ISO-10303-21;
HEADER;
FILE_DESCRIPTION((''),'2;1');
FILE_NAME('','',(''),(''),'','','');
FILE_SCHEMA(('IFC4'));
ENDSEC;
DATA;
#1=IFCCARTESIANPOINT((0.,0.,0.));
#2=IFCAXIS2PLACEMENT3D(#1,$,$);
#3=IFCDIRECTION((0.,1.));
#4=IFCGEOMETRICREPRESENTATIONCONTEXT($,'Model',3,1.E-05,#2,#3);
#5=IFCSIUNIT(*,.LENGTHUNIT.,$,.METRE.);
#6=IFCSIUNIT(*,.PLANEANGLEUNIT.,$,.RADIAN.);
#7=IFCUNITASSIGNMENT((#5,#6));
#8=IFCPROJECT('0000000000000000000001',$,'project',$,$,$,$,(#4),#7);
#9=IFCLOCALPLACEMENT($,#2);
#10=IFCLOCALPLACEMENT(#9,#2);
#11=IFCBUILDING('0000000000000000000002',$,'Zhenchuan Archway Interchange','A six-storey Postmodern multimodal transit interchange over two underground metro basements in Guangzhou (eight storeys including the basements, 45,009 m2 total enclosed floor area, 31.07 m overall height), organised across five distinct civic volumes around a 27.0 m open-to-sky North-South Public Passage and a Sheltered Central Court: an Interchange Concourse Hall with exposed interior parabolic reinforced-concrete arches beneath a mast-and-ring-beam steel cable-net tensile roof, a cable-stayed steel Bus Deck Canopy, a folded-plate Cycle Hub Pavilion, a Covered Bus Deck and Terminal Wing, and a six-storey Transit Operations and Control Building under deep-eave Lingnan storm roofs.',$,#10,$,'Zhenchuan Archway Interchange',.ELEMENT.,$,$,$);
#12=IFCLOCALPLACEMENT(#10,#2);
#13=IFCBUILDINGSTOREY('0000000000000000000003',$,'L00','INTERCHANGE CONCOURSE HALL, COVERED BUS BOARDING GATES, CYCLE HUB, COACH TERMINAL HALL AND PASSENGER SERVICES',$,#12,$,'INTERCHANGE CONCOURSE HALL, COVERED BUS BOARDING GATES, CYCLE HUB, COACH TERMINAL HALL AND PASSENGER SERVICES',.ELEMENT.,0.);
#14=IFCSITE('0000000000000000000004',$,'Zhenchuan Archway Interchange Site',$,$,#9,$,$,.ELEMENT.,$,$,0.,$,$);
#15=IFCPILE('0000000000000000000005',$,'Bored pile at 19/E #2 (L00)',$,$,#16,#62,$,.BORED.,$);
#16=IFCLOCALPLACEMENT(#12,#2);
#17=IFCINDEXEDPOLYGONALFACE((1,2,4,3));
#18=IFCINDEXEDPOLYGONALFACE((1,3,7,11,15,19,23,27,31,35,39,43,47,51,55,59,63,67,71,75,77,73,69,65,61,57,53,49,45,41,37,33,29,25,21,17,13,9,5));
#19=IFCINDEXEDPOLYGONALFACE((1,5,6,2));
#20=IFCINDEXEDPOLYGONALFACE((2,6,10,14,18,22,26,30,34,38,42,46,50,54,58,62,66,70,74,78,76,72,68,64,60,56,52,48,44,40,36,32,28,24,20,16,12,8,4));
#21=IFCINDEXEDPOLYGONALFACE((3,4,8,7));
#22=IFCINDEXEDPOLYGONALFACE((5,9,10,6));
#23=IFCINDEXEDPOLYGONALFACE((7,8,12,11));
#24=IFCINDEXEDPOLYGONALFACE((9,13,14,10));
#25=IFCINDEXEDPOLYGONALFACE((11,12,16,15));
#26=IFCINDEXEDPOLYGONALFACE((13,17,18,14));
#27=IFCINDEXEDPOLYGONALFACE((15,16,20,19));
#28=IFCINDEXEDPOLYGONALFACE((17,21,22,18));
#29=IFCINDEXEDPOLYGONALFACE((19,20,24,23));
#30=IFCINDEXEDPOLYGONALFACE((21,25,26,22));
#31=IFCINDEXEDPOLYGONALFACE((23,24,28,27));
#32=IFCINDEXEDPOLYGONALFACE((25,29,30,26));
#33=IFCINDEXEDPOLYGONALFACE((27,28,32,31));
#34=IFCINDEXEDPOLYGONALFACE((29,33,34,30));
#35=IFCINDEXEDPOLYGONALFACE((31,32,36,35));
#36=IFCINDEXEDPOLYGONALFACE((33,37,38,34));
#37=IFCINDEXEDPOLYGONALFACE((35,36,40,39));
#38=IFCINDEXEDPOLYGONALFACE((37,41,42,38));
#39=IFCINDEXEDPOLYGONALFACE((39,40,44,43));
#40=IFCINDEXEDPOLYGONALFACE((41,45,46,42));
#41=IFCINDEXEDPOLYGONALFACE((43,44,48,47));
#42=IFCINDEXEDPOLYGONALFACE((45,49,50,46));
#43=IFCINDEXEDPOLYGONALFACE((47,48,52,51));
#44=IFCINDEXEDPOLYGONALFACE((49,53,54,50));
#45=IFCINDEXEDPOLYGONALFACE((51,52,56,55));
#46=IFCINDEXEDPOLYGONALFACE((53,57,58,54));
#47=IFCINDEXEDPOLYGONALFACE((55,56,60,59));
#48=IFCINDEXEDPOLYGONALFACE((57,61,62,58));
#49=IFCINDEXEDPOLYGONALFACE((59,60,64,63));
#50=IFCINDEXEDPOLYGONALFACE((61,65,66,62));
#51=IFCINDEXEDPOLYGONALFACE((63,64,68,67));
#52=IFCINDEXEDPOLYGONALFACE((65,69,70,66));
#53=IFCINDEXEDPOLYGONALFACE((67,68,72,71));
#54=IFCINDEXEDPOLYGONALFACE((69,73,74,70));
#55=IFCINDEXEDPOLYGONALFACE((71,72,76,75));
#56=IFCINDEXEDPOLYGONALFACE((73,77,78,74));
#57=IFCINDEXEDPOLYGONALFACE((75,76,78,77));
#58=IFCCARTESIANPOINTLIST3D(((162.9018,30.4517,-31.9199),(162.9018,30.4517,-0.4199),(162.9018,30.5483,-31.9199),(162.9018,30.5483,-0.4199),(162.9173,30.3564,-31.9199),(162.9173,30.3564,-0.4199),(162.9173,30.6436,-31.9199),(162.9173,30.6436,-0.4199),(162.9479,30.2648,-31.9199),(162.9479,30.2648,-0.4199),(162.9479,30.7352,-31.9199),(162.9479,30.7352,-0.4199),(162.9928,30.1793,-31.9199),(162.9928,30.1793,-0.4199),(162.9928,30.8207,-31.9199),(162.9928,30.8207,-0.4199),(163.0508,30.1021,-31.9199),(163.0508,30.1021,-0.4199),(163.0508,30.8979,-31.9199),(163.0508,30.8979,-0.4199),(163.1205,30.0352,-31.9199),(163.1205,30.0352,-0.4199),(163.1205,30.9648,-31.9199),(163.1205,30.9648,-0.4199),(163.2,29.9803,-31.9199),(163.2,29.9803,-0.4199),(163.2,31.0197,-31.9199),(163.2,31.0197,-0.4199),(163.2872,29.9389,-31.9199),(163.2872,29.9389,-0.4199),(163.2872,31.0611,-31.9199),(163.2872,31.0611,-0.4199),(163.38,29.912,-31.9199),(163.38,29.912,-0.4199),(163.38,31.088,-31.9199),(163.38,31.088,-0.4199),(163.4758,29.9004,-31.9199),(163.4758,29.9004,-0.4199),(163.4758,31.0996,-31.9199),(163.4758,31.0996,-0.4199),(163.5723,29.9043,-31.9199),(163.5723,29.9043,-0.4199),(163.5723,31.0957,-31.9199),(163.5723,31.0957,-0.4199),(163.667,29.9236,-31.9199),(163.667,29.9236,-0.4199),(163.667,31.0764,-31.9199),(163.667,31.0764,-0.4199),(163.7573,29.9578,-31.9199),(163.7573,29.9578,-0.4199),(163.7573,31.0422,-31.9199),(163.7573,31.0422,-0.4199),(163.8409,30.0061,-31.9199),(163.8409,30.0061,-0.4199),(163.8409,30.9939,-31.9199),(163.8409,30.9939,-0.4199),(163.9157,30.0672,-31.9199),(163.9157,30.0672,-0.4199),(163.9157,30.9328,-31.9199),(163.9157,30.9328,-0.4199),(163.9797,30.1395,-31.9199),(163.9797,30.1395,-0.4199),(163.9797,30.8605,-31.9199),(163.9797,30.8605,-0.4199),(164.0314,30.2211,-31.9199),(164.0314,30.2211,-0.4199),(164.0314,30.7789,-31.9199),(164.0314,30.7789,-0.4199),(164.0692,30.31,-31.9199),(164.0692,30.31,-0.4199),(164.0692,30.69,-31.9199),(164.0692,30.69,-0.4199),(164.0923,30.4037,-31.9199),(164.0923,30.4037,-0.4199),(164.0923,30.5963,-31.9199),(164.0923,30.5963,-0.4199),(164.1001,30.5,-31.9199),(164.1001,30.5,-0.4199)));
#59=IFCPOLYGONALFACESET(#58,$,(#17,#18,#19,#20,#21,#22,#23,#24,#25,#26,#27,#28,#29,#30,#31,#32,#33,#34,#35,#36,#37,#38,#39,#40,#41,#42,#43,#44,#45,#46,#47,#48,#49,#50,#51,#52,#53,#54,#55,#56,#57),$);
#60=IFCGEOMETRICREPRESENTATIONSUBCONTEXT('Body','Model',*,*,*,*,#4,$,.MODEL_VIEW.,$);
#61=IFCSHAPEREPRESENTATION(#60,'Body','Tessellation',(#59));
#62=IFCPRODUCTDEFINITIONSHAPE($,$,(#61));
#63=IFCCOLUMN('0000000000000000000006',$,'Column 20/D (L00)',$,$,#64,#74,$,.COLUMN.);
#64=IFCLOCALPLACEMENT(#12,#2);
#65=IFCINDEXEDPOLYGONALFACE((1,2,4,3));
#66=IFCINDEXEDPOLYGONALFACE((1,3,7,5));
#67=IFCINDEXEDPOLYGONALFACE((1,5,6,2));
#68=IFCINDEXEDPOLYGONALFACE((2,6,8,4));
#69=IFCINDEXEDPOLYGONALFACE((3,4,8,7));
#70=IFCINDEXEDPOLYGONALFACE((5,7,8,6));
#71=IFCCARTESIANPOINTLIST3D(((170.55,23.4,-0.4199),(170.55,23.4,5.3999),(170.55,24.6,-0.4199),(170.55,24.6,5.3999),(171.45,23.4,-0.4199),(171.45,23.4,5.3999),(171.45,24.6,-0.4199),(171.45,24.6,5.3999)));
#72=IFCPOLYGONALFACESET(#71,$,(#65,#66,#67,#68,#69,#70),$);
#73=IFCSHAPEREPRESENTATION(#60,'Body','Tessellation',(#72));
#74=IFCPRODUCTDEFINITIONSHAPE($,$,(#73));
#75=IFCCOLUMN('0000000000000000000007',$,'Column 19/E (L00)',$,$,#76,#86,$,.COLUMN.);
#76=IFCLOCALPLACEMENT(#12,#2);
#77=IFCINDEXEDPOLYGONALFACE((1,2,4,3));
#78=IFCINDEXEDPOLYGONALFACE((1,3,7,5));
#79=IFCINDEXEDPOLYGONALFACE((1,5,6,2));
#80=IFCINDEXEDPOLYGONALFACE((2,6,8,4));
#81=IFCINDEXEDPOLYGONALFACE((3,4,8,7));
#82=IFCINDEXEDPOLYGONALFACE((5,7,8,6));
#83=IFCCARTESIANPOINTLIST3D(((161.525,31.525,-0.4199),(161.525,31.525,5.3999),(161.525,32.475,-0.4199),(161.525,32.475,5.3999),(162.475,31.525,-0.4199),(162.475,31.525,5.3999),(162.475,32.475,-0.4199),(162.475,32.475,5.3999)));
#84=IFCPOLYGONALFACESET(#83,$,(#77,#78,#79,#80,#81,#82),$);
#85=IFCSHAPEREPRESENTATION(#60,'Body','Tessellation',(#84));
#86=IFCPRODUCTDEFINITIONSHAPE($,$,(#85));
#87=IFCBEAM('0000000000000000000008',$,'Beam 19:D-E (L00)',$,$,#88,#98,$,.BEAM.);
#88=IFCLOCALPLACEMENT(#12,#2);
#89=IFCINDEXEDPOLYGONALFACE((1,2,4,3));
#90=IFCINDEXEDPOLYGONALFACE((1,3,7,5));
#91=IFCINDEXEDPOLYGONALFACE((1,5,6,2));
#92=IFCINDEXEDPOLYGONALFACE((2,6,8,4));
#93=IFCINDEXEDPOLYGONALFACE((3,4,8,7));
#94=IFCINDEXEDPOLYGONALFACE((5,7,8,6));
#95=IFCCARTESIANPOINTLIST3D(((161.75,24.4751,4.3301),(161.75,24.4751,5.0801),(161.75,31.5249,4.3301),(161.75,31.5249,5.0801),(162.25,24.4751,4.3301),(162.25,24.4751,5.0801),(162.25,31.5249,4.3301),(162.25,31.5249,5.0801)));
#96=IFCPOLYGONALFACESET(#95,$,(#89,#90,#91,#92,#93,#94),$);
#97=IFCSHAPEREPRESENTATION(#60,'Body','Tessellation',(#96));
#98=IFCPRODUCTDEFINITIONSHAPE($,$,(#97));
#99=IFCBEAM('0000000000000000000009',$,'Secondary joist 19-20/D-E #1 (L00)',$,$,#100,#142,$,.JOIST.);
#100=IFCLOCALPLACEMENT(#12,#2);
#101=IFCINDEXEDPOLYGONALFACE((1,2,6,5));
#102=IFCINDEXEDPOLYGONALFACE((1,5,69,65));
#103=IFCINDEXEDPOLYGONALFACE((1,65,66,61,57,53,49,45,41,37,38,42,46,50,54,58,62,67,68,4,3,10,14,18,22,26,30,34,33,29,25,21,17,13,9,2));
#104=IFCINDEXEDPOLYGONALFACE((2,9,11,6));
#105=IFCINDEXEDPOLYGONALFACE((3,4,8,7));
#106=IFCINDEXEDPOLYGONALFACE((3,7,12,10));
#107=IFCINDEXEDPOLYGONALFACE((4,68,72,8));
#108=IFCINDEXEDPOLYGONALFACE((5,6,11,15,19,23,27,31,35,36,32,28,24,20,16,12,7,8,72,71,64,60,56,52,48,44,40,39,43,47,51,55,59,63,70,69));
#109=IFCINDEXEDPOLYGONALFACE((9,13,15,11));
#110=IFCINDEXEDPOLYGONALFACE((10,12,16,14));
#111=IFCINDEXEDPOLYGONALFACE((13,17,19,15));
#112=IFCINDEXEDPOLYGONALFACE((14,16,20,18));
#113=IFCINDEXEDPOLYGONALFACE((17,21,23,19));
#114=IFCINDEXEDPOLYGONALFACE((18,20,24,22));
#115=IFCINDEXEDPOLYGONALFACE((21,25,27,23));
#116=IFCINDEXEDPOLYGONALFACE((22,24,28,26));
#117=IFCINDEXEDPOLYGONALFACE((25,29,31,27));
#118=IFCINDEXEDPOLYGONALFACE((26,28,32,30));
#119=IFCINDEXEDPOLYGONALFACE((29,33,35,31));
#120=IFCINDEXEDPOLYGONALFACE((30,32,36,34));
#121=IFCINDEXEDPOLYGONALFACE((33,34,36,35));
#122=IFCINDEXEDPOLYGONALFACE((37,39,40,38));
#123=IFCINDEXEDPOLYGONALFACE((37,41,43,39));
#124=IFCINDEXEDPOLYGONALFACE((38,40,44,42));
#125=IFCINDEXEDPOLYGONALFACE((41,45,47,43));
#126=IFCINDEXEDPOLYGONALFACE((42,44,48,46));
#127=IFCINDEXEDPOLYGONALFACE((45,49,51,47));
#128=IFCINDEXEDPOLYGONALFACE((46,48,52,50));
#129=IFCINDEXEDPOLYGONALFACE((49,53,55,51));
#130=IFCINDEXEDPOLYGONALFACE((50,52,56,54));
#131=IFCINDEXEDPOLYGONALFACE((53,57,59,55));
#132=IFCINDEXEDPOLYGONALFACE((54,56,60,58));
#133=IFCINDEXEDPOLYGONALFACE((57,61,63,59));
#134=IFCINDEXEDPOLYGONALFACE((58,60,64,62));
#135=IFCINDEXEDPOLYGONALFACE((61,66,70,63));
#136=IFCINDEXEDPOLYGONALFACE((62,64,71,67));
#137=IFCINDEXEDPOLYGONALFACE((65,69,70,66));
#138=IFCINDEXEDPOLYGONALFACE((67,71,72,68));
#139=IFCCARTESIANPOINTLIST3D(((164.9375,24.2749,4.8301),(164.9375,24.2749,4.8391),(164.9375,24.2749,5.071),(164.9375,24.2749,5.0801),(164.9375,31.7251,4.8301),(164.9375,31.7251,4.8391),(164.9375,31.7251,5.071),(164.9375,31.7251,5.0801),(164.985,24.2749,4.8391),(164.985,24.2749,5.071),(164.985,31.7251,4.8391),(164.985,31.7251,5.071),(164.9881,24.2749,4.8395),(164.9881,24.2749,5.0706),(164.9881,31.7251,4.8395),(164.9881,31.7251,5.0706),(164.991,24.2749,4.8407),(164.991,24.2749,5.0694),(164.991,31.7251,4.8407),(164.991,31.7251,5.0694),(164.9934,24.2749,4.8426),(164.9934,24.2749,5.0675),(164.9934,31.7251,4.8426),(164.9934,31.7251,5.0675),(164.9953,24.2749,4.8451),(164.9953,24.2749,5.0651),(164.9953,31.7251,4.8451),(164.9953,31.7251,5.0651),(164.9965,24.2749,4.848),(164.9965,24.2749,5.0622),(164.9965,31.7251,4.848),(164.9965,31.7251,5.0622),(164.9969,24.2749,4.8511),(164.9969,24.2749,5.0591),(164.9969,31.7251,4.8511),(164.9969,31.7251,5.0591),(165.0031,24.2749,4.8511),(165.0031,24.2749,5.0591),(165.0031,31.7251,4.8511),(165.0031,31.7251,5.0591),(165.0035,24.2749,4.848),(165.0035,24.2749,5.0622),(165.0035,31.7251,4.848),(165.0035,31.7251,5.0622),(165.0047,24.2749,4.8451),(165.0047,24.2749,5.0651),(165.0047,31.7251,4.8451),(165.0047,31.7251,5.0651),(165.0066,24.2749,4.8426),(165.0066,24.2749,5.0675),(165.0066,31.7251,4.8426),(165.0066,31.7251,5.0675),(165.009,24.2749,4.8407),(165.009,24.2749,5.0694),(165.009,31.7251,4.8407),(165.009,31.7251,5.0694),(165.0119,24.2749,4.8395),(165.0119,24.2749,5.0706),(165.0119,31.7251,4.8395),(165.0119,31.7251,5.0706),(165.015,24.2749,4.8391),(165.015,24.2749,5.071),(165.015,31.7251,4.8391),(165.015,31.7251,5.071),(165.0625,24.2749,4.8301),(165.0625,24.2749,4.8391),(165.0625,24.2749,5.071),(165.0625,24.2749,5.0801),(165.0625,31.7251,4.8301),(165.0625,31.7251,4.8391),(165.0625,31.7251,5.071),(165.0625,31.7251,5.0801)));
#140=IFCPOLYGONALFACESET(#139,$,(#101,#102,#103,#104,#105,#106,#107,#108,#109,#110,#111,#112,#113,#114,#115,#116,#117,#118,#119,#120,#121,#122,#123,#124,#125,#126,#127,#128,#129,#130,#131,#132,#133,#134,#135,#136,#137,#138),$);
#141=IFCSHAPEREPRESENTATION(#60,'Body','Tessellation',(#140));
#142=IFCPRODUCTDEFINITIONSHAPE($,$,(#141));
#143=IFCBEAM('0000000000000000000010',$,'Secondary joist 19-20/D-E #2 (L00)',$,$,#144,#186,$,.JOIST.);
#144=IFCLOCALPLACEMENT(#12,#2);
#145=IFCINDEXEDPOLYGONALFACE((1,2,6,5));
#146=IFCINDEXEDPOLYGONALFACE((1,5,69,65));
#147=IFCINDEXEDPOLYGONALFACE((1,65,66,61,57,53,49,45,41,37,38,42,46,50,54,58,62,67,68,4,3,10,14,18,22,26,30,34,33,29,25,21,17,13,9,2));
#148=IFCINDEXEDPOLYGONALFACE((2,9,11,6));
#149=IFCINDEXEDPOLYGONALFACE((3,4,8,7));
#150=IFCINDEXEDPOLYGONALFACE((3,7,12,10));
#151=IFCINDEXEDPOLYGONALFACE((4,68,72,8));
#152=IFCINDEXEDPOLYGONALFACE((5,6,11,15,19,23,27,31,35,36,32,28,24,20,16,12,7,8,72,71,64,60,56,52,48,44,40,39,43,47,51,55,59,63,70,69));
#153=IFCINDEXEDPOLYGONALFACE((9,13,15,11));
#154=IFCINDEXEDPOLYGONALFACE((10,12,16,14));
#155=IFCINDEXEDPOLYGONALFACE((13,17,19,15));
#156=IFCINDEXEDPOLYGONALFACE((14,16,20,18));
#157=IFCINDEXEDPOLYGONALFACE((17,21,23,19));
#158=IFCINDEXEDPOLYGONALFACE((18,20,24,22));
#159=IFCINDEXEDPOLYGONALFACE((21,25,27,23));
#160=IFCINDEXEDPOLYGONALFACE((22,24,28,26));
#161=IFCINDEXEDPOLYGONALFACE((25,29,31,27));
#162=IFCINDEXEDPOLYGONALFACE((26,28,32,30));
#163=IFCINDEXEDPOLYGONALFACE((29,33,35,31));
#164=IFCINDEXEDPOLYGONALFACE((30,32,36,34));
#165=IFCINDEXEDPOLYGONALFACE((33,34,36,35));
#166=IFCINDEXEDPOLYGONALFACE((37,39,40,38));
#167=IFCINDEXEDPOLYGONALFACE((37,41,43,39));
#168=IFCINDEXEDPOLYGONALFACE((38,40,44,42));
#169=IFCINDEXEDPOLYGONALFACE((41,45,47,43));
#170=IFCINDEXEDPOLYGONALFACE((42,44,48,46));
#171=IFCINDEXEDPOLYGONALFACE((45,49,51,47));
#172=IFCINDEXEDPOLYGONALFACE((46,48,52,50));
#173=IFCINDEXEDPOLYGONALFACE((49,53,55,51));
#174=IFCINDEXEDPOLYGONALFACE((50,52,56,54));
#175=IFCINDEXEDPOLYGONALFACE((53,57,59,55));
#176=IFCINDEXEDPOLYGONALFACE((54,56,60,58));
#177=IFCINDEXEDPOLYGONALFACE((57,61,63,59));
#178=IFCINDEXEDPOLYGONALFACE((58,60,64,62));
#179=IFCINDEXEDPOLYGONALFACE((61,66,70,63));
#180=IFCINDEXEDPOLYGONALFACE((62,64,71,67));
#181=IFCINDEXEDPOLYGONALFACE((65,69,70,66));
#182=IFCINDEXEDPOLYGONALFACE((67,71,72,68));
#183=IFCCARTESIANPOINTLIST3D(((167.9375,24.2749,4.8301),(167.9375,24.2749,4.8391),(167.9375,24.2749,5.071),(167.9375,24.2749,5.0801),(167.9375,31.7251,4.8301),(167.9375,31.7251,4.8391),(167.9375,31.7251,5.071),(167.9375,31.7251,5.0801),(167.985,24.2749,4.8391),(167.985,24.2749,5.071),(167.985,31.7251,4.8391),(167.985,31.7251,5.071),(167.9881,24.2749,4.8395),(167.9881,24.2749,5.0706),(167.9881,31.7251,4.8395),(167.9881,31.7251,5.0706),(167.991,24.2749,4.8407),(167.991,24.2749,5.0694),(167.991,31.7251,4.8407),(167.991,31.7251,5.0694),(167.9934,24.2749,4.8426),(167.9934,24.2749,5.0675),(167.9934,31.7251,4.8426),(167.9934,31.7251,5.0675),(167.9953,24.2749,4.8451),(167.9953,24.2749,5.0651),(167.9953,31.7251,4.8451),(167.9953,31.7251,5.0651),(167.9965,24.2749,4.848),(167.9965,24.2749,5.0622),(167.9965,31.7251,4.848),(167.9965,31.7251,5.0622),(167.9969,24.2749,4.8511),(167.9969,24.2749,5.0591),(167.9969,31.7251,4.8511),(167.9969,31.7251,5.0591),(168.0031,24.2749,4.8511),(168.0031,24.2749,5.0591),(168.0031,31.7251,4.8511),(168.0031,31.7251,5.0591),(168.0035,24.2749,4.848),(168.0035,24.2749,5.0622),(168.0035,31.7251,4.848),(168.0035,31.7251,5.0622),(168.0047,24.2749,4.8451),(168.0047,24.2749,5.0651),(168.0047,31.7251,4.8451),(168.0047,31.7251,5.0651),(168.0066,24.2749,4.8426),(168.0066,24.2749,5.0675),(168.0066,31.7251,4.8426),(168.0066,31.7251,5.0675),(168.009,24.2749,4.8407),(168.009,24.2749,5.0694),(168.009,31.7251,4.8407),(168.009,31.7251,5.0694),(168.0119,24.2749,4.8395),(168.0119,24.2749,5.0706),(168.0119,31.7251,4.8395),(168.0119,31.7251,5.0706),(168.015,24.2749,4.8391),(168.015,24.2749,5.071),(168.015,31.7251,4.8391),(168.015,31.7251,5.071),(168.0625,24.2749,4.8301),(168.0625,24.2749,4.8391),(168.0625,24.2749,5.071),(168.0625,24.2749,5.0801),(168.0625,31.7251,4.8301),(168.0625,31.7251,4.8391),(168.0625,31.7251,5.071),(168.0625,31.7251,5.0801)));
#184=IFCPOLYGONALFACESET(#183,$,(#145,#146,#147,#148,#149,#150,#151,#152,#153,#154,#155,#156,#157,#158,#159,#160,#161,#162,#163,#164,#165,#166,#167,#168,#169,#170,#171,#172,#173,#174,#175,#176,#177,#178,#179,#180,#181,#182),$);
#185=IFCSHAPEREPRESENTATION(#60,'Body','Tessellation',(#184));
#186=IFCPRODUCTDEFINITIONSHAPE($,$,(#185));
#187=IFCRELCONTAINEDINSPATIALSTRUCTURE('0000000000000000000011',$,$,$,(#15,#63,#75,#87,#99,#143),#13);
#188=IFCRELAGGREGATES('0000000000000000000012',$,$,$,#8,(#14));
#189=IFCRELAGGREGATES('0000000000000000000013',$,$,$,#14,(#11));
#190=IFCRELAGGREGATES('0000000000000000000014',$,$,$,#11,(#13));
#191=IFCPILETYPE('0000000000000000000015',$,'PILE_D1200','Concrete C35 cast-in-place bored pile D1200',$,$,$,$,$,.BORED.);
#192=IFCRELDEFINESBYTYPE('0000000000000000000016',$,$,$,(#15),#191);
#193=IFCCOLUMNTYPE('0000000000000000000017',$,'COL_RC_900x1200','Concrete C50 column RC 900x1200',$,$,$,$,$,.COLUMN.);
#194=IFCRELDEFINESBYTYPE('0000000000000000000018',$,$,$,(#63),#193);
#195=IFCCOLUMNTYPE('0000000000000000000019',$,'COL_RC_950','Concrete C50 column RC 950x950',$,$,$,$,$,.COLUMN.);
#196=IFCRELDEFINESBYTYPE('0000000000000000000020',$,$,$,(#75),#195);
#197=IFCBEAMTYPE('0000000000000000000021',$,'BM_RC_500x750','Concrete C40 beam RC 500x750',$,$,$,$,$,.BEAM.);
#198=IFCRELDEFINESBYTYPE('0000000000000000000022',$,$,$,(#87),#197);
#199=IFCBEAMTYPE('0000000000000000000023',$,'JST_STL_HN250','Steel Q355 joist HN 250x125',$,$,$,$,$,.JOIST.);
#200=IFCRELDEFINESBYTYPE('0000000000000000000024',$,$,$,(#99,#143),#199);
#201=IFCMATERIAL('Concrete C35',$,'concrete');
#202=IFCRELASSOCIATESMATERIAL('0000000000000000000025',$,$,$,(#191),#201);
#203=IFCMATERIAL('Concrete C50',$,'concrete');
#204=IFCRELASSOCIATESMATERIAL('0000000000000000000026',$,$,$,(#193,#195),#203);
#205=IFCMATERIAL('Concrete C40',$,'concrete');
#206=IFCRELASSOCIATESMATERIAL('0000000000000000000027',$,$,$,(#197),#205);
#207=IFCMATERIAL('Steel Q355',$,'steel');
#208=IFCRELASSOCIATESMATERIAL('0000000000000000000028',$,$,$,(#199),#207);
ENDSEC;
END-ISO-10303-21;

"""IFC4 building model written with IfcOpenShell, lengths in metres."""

from ifc_helpers import new_model, si_unit, direction, frame, origin, origin_2d, place, context, subcontext, project, spatial, rectangle, circle, i_section, extrude, material, material_profile, profile_set, type_object, element, save


model = new_model("IFC4")

# Units and contexts
model_context = context("Model", 3, precision=1e-05, world=origin(), true_north=direction((0.0, 1.0)))
body_context = subcontext(model_context, "Body", "Model", "MODEL_VIEW")
ifc_project = project(units=[si_unit("LENGTHUNIT", "METRE"), si_unit("PLANEANGLEUNIT", "RADIAN")], contexts=[model_context])

# Site, building, storey
site_placement = place(None, origin())
site = spatial("IfcSite", under=ifc_project, at=site_placement, Name="Zhenchuan Archway Interchange Site", CompositionType="ELEMENT", RefElevation=0.0)
building_placement = place(site_placement, origin())
building = spatial("IfcBuilding", under=site, at=building_placement, Name="Zhenchuan Archway Interchange", Description="A six-storey Postmodern multimodal transit interchange over two underground metro basements in Guangzhou (eight storeys including the basements, 45,009 m2 total enclosed floor area, 31.07 m overall height), organised across five distinct civic volumes around a 27.0 m open-to-sky North-South Public Passage and a Sheltered Central Court: an Interchange Concourse Hall with exposed interior parabolic reinforced-concrete arches beneath a mast-and-ring-beam steel cable-net tensile roof, a cable-stayed steel Bus Deck Canopy, a folded-plate Cycle Hub Pavilion, a Covered Bus Deck and Terminal Wing, and a six-storey Transit Operations and Control Building under deep-eave Lingnan storm roofs.", LongName="Zhenchuan Archway Interchange", CompositionType="ELEMENT")
storey_placement = place(building_placement, origin())
storey = spatial("IfcBuildingStorey", under=building, at=storey_placement, Name="L00", Description="INTERCHANGE CONCOURSE HALL, COVERED BUS BOARDING GATES, CYCLE HUB, COACH TERMINAL HALL AND PASSENGER SERVICES", LongName="INTERCHANGE CONCOURSE HALL, COVERED BUS BOARDING GATES, CYCLE HUB, COACH TERMINAL HALL AND PASSENGER SERVICES", CompositionType="ELEMENT", Elevation=0.0)

# Shared definitions
ifc_material_1 = material(Name="Concrete C40", Category="concrete")

# Pile
ifc_material_2 = material(Name="Concrete C35", Category="concrete")
ifc_material_profile_1 = material_profile(ifc_material_2, circle(Radius=0.6001, at=origin_2d()), Name="BORED PILE 1200")
ifc_profile_set_1 = profile_set([ifc_material_profile_1], Name="Concrete C35")
pile_type_1 = type_object("IfcPileType", Name="PILE_D1200", Description="Concrete C35 cast-in-place bored pile D1200", PredefinedType="BORED", material=ifc_profile_set_1)
for number, where, z_axis, x_axis, name in (
    (1, (163.5, 30.5, -0.4199), (0.0, 0.0, -1.0), (1.0, 0.0, 0.0), "Bored pile at 19/E #2 (L00)"),
):
    element("IfcPile", number, at=place(storey_placement, frame(where, z_axis=z_axis, x_axis=x_axis)), inside=storey, type_object=pile_type_1, Name=name, PredefinedType="BORED", context=body_context, shape_type="SweptSolid", body=[
        extrude(circle(Radius=0.6001, at=origin_2d()), origin(), (0.0, 0.0, 1.0), 31.5),
    ])

# Columns
ifc_material_3 = material(Name="Concrete C50", Category="concrete")
ifc_material_profile_2 = material_profile(ifc_material_3, rectangle(XDim=0.8999, YDim=1.2, at=origin_2d()), Name="RC 900x1200")
ifc_profile_set_2 = profile_set([ifc_material_profile_2], Name="Concrete C50")
column_type_1 = type_object("IfcColumnType", Name="COL_RC_900x1200", Description="Concrete C50 column RC 900x1200", PredefinedType="COLUMN", material=ifc_profile_set_2)
column_1_placement = place(storey_placement, frame((171.0, 24.0, -0.4199), z_axis=(0.0, 0.0, 1.0), x_axis=(1.0, 0.0, 0.0)))
element("IfcColumn", 2, at=column_1_placement, inside=storey, type_object=column_type_1, Name="Column 20/D (L00)", PredefinedType="COLUMN", context=body_context, shape_type="SweptSolid", body=[
    extrude(rectangle(XDim=0.8999, YDim=1.2, at=origin_2d()), origin(), (0.0, 0.0, 1.0), 5.8198),
])
ifc_material_profile_3 = material_profile(ifc_material_3, rectangle(XDim=0.95, YDim=0.95, at=origin_2d()), Name="RC 950x950")
ifc_profile_set_3 = profile_set([ifc_material_profile_3], Name="Concrete C50")
column_type_2 = type_object("IfcColumnType", Name="COL_RC_950", Description="Concrete C50 column RC 950x950", PredefinedType="COLUMN", material=ifc_profile_set_3)
column_2_placement = place(storey_placement, frame((162.0, 32.0, -0.4199), z_axis=(0.0, 0.0, 1.0), x_axis=(1.0, 0.0, 0.0)))
element("IfcColumn", 3, at=column_2_placement, inside=storey, type_object=column_type_2, Name="Column 19/E (L00)", PredefinedType="COLUMN", context=body_context, shape_type="SweptSolid", body=[
    extrude(rectangle(XDim=0.95, YDim=0.95, at=origin_2d()), origin(), (0.0, 0.0, 1.0), 5.8198),
])

# Beams
ifc_material_profile_4 = material_profile(ifc_material_1, rectangle(XDim=0.5, YDim=0.75, at=origin_2d()), Name="RC 500x750")
ifc_profile_set_4 = profile_set([ifc_material_profile_4], Name="Concrete C40")
beam_type_1 = type_object("IfcBeamType", Name="BM_RC_500x750", Description="Concrete C40 beam RC 500x750", PredefinedType="BEAM", material=ifc_profile_set_4)
beam_1_placement = place(storey_placement, frame((162.0, 24.4751, 4.7051), z_axis=(0.0, 1.0, 0.0), x_axis=(-1.0, 0.0, 0.0)))
element("IfcBeam", 4, at=beam_1_placement, inside=storey, type_object=beam_type_1, Name="Beam 19:D-E (L00)", PredefinedType="BEAM", context=body_context, shape_type="SweptSolid", body=[
    extrude(rectangle(XDim=0.5, YDim=0.75, at=origin_2d()), origin(), (0.0, 0.0, 1.0), 7.0498),
])
ifc_material_4 = material(Name="Steel Q355", Category="steel")
ifc_material_profile_5 = material_profile(ifc_material_4, i_section(OverallWidth=0.125, OverallDepth=0.25, WebThickness=0.0061, FlangeThickness=0.009, FilletRadius=0.012, at=origin_2d()), Name="HN 250x125")
ifc_profile_set_5 = profile_set([ifc_material_profile_5], Name="Steel Q355")
beam_type_2 = type_object("IfcBeamType", Name="JST_STL_HN250", Description="Steel Q355 joist HN 250x125", PredefinedType="JOIST", material=ifc_profile_set_5)
for number, where, z_axis, x_axis, name in (
    (5, (165.0, 24.2749, 4.9551), (0.0, 1.0, 0.0), (-1.0, 0.0, 0.0), "Secondary joist 19-20/D-E #1 (L00)"),
    (6, (168.0, 24.2749, 4.9551), (0.0, 1.0, 0.0), (-1.0, 0.0, 0.0), "Secondary joist 19-20/D-E #2 (L00)"),
):
    element("IfcBeam", number, at=place(storey_placement, frame(where, z_axis=z_axis, x_axis=x_axis)), inside=storey, type_object=beam_type_2, Name=name, PredefinedType="JOIST", context=body_context, shape_type="SweptSolid", body=[
        extrude(i_section(OverallWidth=0.125, OverallDepth=0.25, WebThickness=0.0061, FlangeThickness=0.009, FilletRadius=0.012, at=origin_2d()), origin(), (0.0, 0.0, 1.0), 7.4502),
    ])

save(model, "model.ifc")
